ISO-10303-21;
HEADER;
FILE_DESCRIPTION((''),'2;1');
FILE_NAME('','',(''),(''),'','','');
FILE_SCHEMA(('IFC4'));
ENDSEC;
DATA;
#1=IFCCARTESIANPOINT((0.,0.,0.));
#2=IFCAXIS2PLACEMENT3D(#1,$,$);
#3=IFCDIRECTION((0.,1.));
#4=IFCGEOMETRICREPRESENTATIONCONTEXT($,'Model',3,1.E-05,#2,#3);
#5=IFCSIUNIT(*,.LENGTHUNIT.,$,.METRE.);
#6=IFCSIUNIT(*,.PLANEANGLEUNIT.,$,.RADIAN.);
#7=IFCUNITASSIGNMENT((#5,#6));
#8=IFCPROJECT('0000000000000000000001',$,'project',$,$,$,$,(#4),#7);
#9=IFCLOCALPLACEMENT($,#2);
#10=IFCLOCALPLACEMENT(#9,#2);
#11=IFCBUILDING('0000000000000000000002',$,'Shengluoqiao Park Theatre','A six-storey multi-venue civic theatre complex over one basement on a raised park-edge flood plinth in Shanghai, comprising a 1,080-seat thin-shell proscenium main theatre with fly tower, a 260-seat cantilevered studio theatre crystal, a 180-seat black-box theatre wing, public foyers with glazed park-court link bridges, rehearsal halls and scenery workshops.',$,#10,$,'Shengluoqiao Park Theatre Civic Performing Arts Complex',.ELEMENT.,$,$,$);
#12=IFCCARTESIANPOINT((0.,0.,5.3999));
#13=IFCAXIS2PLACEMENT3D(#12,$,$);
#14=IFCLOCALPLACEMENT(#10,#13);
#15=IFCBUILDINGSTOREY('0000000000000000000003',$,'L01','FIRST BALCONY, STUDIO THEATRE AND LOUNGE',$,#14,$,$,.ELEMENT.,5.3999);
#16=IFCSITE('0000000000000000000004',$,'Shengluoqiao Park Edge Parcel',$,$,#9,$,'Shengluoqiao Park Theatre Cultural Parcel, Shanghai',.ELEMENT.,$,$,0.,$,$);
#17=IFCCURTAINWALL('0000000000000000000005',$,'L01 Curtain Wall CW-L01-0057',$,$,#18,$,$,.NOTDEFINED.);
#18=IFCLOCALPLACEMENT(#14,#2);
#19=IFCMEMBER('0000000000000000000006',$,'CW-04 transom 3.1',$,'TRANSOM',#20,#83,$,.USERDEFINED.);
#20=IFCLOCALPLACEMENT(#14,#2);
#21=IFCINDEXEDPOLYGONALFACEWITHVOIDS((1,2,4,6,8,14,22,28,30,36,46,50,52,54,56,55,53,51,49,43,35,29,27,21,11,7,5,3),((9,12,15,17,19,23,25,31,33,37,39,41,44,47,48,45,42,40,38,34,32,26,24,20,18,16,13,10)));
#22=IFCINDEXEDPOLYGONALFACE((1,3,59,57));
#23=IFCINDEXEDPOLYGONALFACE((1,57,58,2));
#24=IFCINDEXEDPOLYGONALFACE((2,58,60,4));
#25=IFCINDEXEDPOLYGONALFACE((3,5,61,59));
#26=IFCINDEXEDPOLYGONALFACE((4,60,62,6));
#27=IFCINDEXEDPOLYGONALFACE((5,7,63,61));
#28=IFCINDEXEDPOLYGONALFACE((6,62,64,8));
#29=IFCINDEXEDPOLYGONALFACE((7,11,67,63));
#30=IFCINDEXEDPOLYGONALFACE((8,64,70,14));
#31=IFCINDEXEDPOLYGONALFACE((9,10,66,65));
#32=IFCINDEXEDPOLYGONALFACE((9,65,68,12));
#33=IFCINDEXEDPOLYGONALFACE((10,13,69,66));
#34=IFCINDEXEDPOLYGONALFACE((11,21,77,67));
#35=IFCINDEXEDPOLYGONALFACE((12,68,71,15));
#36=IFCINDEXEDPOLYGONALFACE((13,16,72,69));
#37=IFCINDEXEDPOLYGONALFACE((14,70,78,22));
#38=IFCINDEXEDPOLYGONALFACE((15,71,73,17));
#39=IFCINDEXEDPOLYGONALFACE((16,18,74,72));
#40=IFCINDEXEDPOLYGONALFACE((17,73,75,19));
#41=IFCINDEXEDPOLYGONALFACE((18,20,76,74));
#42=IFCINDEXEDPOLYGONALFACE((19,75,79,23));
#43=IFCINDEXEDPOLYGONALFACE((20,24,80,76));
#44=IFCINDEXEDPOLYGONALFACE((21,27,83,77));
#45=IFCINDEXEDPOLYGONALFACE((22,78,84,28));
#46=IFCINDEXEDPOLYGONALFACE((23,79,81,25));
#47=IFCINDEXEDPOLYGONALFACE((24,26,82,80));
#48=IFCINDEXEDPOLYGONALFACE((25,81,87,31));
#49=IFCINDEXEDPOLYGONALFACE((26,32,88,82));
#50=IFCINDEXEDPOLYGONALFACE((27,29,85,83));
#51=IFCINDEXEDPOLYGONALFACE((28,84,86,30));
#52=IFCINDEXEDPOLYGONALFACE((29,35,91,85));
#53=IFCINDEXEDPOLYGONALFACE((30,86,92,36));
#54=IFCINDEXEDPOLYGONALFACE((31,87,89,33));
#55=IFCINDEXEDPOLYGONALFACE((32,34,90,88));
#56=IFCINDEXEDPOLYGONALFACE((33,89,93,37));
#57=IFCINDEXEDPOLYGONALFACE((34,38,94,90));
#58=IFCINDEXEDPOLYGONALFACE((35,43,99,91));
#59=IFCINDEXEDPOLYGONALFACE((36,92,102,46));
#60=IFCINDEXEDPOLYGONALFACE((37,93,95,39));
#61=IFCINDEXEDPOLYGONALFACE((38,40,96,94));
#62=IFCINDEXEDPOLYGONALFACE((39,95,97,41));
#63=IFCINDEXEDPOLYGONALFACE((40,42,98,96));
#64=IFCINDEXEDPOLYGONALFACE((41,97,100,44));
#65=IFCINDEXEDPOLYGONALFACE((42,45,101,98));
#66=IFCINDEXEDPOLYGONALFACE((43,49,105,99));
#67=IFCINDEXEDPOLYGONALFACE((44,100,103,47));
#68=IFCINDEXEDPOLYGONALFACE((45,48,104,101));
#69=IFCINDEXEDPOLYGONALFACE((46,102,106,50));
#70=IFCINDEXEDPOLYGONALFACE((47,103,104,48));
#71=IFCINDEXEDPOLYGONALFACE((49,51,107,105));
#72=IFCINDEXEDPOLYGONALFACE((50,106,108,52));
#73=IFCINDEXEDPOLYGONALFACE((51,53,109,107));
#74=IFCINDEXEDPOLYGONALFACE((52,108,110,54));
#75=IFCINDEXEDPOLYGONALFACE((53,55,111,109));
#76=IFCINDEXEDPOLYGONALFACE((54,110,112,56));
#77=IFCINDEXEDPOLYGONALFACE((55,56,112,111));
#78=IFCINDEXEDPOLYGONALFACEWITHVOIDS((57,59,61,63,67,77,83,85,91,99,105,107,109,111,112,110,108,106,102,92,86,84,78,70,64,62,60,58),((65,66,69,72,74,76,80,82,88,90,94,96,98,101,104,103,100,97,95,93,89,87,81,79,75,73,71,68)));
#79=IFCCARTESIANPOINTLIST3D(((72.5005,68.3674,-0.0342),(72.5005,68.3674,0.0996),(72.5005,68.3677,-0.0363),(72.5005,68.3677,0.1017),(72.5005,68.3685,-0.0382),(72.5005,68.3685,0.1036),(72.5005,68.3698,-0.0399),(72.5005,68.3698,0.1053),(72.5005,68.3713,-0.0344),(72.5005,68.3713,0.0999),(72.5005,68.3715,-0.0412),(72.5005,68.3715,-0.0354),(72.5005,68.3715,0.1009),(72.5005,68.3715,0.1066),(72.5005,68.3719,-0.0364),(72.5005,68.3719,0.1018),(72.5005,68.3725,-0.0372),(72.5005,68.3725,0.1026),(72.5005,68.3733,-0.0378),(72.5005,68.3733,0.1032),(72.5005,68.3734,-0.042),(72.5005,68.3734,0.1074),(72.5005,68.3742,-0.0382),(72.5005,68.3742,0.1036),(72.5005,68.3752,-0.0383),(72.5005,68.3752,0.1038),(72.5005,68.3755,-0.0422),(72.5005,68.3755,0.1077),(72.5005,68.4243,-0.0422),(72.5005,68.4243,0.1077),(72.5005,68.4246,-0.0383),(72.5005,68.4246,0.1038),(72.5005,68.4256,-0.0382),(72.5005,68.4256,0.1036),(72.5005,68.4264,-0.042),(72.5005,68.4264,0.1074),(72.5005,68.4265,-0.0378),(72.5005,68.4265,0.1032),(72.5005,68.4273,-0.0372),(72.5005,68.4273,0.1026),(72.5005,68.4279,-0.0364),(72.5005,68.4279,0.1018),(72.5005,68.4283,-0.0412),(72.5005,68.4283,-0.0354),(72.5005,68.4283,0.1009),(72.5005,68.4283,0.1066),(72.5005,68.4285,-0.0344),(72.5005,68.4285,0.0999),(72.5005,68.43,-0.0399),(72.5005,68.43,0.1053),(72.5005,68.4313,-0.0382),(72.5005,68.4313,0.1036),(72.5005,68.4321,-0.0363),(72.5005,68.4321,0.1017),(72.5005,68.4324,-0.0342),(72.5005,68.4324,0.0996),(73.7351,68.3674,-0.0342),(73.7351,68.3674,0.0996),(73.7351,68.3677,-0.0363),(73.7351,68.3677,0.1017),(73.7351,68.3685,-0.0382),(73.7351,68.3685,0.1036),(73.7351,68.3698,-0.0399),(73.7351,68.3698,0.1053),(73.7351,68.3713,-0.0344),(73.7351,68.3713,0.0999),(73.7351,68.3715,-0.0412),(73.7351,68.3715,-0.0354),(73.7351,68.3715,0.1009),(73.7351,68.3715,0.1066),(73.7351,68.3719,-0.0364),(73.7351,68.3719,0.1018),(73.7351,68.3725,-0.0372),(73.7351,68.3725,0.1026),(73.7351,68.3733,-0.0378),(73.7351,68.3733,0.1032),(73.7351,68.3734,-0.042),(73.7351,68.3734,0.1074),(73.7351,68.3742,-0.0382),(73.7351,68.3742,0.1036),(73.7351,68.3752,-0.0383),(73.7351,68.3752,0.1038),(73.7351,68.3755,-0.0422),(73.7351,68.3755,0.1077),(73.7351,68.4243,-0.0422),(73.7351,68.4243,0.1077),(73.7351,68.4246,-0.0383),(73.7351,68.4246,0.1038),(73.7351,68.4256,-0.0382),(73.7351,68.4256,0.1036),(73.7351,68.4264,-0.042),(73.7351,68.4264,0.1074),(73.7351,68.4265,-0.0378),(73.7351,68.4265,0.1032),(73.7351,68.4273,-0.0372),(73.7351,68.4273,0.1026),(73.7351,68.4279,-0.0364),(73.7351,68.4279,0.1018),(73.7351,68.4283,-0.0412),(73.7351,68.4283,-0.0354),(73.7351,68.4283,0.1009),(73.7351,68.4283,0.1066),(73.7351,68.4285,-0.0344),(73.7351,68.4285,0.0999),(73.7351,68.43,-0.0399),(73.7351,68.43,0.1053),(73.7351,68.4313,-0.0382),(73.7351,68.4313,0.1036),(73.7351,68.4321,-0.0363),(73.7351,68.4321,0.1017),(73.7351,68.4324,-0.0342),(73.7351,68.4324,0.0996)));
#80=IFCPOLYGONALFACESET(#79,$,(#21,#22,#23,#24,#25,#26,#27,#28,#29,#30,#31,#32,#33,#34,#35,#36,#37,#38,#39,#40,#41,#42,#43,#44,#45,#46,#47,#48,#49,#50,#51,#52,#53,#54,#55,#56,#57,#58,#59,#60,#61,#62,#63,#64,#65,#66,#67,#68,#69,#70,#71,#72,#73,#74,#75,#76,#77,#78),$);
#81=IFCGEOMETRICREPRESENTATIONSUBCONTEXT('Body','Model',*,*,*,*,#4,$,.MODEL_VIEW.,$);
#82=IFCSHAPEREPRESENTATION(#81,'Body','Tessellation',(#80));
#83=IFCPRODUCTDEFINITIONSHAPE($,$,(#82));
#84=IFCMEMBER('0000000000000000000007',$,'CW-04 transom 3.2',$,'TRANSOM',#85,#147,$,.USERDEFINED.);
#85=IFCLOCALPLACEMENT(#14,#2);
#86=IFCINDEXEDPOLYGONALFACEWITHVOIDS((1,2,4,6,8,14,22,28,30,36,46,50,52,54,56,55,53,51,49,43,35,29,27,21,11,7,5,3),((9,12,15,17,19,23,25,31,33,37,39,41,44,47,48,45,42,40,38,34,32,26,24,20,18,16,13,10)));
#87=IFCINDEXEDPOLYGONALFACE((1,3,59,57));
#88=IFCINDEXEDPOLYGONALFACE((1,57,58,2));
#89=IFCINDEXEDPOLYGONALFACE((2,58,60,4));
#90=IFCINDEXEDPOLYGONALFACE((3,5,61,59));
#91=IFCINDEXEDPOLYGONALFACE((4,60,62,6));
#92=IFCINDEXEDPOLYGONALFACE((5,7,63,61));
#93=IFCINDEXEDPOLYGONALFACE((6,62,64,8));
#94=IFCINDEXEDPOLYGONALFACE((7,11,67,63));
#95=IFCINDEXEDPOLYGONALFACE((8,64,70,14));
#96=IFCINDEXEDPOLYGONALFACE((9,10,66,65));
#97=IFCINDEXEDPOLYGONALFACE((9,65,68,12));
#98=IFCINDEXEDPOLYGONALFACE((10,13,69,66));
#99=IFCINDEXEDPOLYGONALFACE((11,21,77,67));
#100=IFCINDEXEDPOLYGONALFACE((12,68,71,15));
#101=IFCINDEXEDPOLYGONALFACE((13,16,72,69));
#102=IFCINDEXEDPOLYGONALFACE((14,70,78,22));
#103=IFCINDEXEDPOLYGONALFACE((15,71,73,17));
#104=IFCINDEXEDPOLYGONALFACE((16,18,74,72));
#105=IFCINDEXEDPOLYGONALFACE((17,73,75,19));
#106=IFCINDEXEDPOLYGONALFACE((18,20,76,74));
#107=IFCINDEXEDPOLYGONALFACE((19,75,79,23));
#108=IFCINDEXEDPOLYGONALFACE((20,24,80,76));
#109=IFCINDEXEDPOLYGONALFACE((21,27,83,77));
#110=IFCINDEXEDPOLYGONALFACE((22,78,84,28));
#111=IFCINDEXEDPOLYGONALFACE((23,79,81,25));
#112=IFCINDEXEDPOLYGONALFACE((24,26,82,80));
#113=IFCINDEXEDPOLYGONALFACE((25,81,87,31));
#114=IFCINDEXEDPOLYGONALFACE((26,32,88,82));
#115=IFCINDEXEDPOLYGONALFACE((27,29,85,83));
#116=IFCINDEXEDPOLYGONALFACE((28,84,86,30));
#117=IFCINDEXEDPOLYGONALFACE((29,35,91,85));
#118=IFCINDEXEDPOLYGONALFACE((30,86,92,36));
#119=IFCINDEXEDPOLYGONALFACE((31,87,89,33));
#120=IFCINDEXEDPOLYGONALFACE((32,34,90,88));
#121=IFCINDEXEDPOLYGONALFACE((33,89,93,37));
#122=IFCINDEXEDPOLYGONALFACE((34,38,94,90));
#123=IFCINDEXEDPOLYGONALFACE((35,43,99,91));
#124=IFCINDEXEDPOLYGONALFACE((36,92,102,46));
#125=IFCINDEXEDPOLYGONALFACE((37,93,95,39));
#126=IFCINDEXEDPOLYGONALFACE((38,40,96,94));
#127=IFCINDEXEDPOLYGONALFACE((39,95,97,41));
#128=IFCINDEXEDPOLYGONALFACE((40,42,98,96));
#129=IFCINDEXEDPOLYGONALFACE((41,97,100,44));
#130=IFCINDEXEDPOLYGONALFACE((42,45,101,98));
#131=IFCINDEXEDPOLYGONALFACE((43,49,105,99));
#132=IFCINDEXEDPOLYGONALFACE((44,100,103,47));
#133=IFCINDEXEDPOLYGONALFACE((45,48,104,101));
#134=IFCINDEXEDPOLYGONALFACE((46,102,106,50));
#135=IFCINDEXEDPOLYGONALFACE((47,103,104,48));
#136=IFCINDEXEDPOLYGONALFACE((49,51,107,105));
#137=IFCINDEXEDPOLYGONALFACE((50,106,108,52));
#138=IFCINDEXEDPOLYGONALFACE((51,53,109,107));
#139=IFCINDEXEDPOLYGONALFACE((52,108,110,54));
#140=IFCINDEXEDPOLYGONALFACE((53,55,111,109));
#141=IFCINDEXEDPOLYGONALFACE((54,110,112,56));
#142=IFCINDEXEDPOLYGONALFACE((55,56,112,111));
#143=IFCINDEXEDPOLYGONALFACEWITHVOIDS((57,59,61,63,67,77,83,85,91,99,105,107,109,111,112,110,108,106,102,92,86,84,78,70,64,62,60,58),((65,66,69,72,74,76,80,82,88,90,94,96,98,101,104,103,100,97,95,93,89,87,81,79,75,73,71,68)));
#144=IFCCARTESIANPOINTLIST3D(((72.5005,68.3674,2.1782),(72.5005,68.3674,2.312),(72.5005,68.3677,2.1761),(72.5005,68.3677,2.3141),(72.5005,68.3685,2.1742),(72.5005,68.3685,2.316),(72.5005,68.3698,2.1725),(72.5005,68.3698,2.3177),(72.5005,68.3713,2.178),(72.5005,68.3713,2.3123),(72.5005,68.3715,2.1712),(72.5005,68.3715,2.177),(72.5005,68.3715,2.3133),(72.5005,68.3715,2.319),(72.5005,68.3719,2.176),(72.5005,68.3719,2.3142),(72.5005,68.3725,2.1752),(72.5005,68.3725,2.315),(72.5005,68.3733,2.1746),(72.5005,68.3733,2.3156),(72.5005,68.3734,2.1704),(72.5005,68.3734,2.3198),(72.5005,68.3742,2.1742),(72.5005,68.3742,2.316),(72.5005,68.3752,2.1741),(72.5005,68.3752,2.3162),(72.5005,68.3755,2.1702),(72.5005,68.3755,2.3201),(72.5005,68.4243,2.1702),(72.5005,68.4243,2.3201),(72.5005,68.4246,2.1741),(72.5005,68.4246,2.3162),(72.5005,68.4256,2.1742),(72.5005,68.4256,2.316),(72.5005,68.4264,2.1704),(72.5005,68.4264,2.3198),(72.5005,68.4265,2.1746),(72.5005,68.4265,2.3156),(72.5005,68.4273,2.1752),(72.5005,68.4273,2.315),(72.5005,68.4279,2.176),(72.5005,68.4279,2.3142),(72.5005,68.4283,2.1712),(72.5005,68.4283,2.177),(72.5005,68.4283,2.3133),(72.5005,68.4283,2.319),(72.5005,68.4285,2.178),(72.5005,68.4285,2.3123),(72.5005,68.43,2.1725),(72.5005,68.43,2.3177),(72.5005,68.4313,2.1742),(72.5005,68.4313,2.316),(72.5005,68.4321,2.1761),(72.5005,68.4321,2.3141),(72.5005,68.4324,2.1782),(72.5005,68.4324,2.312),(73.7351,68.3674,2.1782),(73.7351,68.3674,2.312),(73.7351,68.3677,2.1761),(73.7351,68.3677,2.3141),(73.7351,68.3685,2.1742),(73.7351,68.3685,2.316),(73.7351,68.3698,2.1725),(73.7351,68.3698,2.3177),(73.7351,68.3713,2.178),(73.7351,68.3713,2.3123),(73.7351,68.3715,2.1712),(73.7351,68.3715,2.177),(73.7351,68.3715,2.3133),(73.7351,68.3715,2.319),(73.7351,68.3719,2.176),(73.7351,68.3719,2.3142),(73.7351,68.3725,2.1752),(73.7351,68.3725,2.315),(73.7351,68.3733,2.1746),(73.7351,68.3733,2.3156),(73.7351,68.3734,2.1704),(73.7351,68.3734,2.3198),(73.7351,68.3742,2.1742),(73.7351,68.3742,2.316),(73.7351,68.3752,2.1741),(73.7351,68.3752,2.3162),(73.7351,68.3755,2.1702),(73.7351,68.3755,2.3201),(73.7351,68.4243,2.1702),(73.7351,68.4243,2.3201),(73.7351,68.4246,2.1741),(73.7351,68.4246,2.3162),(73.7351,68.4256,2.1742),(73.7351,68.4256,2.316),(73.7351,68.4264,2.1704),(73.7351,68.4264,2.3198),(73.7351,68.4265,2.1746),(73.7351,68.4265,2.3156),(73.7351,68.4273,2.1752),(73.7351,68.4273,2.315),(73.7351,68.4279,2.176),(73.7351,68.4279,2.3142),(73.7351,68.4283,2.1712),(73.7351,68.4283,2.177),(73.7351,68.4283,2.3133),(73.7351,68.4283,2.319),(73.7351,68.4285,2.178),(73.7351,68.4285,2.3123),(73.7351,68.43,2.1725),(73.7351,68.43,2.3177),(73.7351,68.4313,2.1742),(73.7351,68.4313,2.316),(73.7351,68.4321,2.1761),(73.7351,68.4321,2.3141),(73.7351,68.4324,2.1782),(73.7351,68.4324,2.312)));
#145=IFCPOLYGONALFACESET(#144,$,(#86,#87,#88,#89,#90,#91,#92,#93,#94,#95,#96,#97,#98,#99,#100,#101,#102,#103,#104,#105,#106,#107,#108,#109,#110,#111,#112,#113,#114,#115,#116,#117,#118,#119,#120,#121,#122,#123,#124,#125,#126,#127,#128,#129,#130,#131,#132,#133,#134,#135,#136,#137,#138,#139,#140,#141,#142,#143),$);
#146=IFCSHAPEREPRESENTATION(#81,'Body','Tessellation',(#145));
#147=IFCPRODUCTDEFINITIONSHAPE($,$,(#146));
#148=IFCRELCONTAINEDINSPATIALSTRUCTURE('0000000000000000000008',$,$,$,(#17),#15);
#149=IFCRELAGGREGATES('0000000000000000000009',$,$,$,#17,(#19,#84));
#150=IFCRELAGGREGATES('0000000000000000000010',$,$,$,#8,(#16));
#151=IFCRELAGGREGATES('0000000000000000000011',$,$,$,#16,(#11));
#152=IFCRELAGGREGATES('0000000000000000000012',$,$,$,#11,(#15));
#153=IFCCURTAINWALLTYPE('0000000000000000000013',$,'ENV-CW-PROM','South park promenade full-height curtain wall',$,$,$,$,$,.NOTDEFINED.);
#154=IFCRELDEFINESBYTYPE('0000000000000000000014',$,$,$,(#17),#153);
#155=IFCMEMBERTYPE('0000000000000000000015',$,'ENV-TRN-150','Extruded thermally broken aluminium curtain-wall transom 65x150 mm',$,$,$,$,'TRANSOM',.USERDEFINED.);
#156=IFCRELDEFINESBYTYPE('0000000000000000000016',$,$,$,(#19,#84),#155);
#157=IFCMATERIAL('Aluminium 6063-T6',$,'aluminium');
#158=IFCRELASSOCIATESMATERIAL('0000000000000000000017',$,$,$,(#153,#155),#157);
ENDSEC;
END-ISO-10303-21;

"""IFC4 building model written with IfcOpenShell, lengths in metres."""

from ifc_helpers import new_model, si_unit, direction, frame, origin, origin_2d, place, context, subcontext, project, spatial, hollow_rectangle, extrude, material, material_profile, profile_set, type_object, element, aggregate, save


model = new_model("IFC4")

# Units and contexts
model_context = context("Model", 3, precision=1e-05, world=origin(), true_north=direction((0.0, 1.0)))
body_context = subcontext(model_context, "Body", "Model", "MODEL_VIEW")
ifc_project = project(units=[si_unit("LENGTHUNIT", "METRE"), si_unit("PLANEANGLEUNIT", "RADIAN")], contexts=[model_context])

# Site, building, storey
site_placement = place(None, origin())
site = spatial("IfcSite", under=ifc_project, at=site_placement, Name="Shengluoqiao Park Edge Parcel", LongName="Shengluoqiao Park Theatre Cultural Parcel, Shanghai", CompositionType="ELEMENT", RefElevation=0.0)
building_placement = place(site_placement, origin())
building = spatial("IfcBuilding", under=site, at=building_placement, Name="Shengluoqiao Park Theatre", Description="A six-storey multi-venue civic theatre complex over one basement on a raised park-edge flood plinth in Shanghai, comprising a 1,080-seat thin-shell proscenium main theatre with fly tower, a 260-seat cantilevered studio theatre crystal, a 180-seat black-box theatre wing, public foyers with glazed park-court link bridges, rehearsal halls and scenery workshops.", LongName="Shengluoqiao Park Theatre Civic Performing Arts Complex", CompositionType="ELEMENT")
storey_placement = place(building_placement, frame((0.0, 0.0, 5.3999)))
storey = spatial("IfcBuildingStorey", under=building, at=storey_placement, Name="L01", Description="FIRST BALCONY, STUDIO THEATRE AND LOUNGE", CompositionType="ELEMENT", Elevation=5.3999)

# Curtain wall
ifc_material_1 = material(Name="Aluminium 6063-T6", Category="aluminium")
curtain_wall_type_1 = type_object("IfcCurtainWallType", Name="ENV-CW-PROM", Description="South park promenade full-height curtain wall", PredefinedType="NOTDEFINED", material=ifc_material_1)
curtain_wall_1_placement = place(storey_placement, origin())
curtain_wall_1 = element("IfcCurtainWall", 1, at=curtain_wall_1_placement, inside=storey, type_object=curtain_wall_type_1, Name="L01 Curtain Wall CW-L01-0057", PredefinedType="NOTDEFINED")

# Members
ifc_material_profile_1 = material_profile(ifc_material_1, hollow_rectangle(XDim=0.0649, YDim=0.1499, WallThickness=0.0039, InnerFilletRadius=0.0039, OuterFilletRadius=0.0081, at=origin_2d()), Name="ALU TRANSOM 150x65x4")
ifc_profile_set_1 = profile_set([ifc_material_profile_1], Name="Aluminium 6063-T6")
member_type_1 = type_object("IfcMemberType", Name="ENV-TRN-150", Description="Extruded thermally broken aluminium curtain-wall transom 65x150 mm", ElementType="TRANSOM", PredefinedType="USERDEFINED", material=ifc_profile_set_1)
member_1_placement = place(storey_placement, frame((72.5005, 68.3999, 0.0327), z_axis=(1.0, 0.0, 0.0), x_axis=(0.0, 1.0, 0.0)))
member_1 = element("IfcMember", 2, at=member_1_placement, type_object=member_type_1, Name="CW-04 transom 3.1", ObjectType="TRANSOM", PredefinedType="USERDEFINED", context=body_context, shape_type="SweptSolid", body=[
    extrude(hollow_rectangle(XDim=0.0649, YDim=0.1499, WallThickness=0.0039, InnerFilletRadius=0.0039, OuterFilletRadius=0.0081, at=origin_2d()), origin(), (0.0, 0.0, 1.0), 1.2346),
])
member_2_placement = place(storey_placement, frame((72.5005, 68.3999, 2.2451), z_axis=(1.0, 0.0, 0.0), x_axis=(0.0, 1.0, 0.0)))
member_2 = element("IfcMember", 3, at=member_2_placement, type_object=member_type_1, Name="CW-04 transom 3.2", ObjectType="TRANSOM", PredefinedType="USERDEFINED", context=body_context, shape_type="SweptSolid", body=[
    extrude(hollow_rectangle(XDim=0.0649, YDim=0.1499, WallThickness=0.0039, InnerFilletRadius=0.0039, OuterFilletRadius=0.0081, at=origin_2d()), origin(), (0.0, 0.0, 1.0), 1.2346),
])

aggregate(curtain_wall_1, [member_1, member_2])

save(model, "model.ifc")
